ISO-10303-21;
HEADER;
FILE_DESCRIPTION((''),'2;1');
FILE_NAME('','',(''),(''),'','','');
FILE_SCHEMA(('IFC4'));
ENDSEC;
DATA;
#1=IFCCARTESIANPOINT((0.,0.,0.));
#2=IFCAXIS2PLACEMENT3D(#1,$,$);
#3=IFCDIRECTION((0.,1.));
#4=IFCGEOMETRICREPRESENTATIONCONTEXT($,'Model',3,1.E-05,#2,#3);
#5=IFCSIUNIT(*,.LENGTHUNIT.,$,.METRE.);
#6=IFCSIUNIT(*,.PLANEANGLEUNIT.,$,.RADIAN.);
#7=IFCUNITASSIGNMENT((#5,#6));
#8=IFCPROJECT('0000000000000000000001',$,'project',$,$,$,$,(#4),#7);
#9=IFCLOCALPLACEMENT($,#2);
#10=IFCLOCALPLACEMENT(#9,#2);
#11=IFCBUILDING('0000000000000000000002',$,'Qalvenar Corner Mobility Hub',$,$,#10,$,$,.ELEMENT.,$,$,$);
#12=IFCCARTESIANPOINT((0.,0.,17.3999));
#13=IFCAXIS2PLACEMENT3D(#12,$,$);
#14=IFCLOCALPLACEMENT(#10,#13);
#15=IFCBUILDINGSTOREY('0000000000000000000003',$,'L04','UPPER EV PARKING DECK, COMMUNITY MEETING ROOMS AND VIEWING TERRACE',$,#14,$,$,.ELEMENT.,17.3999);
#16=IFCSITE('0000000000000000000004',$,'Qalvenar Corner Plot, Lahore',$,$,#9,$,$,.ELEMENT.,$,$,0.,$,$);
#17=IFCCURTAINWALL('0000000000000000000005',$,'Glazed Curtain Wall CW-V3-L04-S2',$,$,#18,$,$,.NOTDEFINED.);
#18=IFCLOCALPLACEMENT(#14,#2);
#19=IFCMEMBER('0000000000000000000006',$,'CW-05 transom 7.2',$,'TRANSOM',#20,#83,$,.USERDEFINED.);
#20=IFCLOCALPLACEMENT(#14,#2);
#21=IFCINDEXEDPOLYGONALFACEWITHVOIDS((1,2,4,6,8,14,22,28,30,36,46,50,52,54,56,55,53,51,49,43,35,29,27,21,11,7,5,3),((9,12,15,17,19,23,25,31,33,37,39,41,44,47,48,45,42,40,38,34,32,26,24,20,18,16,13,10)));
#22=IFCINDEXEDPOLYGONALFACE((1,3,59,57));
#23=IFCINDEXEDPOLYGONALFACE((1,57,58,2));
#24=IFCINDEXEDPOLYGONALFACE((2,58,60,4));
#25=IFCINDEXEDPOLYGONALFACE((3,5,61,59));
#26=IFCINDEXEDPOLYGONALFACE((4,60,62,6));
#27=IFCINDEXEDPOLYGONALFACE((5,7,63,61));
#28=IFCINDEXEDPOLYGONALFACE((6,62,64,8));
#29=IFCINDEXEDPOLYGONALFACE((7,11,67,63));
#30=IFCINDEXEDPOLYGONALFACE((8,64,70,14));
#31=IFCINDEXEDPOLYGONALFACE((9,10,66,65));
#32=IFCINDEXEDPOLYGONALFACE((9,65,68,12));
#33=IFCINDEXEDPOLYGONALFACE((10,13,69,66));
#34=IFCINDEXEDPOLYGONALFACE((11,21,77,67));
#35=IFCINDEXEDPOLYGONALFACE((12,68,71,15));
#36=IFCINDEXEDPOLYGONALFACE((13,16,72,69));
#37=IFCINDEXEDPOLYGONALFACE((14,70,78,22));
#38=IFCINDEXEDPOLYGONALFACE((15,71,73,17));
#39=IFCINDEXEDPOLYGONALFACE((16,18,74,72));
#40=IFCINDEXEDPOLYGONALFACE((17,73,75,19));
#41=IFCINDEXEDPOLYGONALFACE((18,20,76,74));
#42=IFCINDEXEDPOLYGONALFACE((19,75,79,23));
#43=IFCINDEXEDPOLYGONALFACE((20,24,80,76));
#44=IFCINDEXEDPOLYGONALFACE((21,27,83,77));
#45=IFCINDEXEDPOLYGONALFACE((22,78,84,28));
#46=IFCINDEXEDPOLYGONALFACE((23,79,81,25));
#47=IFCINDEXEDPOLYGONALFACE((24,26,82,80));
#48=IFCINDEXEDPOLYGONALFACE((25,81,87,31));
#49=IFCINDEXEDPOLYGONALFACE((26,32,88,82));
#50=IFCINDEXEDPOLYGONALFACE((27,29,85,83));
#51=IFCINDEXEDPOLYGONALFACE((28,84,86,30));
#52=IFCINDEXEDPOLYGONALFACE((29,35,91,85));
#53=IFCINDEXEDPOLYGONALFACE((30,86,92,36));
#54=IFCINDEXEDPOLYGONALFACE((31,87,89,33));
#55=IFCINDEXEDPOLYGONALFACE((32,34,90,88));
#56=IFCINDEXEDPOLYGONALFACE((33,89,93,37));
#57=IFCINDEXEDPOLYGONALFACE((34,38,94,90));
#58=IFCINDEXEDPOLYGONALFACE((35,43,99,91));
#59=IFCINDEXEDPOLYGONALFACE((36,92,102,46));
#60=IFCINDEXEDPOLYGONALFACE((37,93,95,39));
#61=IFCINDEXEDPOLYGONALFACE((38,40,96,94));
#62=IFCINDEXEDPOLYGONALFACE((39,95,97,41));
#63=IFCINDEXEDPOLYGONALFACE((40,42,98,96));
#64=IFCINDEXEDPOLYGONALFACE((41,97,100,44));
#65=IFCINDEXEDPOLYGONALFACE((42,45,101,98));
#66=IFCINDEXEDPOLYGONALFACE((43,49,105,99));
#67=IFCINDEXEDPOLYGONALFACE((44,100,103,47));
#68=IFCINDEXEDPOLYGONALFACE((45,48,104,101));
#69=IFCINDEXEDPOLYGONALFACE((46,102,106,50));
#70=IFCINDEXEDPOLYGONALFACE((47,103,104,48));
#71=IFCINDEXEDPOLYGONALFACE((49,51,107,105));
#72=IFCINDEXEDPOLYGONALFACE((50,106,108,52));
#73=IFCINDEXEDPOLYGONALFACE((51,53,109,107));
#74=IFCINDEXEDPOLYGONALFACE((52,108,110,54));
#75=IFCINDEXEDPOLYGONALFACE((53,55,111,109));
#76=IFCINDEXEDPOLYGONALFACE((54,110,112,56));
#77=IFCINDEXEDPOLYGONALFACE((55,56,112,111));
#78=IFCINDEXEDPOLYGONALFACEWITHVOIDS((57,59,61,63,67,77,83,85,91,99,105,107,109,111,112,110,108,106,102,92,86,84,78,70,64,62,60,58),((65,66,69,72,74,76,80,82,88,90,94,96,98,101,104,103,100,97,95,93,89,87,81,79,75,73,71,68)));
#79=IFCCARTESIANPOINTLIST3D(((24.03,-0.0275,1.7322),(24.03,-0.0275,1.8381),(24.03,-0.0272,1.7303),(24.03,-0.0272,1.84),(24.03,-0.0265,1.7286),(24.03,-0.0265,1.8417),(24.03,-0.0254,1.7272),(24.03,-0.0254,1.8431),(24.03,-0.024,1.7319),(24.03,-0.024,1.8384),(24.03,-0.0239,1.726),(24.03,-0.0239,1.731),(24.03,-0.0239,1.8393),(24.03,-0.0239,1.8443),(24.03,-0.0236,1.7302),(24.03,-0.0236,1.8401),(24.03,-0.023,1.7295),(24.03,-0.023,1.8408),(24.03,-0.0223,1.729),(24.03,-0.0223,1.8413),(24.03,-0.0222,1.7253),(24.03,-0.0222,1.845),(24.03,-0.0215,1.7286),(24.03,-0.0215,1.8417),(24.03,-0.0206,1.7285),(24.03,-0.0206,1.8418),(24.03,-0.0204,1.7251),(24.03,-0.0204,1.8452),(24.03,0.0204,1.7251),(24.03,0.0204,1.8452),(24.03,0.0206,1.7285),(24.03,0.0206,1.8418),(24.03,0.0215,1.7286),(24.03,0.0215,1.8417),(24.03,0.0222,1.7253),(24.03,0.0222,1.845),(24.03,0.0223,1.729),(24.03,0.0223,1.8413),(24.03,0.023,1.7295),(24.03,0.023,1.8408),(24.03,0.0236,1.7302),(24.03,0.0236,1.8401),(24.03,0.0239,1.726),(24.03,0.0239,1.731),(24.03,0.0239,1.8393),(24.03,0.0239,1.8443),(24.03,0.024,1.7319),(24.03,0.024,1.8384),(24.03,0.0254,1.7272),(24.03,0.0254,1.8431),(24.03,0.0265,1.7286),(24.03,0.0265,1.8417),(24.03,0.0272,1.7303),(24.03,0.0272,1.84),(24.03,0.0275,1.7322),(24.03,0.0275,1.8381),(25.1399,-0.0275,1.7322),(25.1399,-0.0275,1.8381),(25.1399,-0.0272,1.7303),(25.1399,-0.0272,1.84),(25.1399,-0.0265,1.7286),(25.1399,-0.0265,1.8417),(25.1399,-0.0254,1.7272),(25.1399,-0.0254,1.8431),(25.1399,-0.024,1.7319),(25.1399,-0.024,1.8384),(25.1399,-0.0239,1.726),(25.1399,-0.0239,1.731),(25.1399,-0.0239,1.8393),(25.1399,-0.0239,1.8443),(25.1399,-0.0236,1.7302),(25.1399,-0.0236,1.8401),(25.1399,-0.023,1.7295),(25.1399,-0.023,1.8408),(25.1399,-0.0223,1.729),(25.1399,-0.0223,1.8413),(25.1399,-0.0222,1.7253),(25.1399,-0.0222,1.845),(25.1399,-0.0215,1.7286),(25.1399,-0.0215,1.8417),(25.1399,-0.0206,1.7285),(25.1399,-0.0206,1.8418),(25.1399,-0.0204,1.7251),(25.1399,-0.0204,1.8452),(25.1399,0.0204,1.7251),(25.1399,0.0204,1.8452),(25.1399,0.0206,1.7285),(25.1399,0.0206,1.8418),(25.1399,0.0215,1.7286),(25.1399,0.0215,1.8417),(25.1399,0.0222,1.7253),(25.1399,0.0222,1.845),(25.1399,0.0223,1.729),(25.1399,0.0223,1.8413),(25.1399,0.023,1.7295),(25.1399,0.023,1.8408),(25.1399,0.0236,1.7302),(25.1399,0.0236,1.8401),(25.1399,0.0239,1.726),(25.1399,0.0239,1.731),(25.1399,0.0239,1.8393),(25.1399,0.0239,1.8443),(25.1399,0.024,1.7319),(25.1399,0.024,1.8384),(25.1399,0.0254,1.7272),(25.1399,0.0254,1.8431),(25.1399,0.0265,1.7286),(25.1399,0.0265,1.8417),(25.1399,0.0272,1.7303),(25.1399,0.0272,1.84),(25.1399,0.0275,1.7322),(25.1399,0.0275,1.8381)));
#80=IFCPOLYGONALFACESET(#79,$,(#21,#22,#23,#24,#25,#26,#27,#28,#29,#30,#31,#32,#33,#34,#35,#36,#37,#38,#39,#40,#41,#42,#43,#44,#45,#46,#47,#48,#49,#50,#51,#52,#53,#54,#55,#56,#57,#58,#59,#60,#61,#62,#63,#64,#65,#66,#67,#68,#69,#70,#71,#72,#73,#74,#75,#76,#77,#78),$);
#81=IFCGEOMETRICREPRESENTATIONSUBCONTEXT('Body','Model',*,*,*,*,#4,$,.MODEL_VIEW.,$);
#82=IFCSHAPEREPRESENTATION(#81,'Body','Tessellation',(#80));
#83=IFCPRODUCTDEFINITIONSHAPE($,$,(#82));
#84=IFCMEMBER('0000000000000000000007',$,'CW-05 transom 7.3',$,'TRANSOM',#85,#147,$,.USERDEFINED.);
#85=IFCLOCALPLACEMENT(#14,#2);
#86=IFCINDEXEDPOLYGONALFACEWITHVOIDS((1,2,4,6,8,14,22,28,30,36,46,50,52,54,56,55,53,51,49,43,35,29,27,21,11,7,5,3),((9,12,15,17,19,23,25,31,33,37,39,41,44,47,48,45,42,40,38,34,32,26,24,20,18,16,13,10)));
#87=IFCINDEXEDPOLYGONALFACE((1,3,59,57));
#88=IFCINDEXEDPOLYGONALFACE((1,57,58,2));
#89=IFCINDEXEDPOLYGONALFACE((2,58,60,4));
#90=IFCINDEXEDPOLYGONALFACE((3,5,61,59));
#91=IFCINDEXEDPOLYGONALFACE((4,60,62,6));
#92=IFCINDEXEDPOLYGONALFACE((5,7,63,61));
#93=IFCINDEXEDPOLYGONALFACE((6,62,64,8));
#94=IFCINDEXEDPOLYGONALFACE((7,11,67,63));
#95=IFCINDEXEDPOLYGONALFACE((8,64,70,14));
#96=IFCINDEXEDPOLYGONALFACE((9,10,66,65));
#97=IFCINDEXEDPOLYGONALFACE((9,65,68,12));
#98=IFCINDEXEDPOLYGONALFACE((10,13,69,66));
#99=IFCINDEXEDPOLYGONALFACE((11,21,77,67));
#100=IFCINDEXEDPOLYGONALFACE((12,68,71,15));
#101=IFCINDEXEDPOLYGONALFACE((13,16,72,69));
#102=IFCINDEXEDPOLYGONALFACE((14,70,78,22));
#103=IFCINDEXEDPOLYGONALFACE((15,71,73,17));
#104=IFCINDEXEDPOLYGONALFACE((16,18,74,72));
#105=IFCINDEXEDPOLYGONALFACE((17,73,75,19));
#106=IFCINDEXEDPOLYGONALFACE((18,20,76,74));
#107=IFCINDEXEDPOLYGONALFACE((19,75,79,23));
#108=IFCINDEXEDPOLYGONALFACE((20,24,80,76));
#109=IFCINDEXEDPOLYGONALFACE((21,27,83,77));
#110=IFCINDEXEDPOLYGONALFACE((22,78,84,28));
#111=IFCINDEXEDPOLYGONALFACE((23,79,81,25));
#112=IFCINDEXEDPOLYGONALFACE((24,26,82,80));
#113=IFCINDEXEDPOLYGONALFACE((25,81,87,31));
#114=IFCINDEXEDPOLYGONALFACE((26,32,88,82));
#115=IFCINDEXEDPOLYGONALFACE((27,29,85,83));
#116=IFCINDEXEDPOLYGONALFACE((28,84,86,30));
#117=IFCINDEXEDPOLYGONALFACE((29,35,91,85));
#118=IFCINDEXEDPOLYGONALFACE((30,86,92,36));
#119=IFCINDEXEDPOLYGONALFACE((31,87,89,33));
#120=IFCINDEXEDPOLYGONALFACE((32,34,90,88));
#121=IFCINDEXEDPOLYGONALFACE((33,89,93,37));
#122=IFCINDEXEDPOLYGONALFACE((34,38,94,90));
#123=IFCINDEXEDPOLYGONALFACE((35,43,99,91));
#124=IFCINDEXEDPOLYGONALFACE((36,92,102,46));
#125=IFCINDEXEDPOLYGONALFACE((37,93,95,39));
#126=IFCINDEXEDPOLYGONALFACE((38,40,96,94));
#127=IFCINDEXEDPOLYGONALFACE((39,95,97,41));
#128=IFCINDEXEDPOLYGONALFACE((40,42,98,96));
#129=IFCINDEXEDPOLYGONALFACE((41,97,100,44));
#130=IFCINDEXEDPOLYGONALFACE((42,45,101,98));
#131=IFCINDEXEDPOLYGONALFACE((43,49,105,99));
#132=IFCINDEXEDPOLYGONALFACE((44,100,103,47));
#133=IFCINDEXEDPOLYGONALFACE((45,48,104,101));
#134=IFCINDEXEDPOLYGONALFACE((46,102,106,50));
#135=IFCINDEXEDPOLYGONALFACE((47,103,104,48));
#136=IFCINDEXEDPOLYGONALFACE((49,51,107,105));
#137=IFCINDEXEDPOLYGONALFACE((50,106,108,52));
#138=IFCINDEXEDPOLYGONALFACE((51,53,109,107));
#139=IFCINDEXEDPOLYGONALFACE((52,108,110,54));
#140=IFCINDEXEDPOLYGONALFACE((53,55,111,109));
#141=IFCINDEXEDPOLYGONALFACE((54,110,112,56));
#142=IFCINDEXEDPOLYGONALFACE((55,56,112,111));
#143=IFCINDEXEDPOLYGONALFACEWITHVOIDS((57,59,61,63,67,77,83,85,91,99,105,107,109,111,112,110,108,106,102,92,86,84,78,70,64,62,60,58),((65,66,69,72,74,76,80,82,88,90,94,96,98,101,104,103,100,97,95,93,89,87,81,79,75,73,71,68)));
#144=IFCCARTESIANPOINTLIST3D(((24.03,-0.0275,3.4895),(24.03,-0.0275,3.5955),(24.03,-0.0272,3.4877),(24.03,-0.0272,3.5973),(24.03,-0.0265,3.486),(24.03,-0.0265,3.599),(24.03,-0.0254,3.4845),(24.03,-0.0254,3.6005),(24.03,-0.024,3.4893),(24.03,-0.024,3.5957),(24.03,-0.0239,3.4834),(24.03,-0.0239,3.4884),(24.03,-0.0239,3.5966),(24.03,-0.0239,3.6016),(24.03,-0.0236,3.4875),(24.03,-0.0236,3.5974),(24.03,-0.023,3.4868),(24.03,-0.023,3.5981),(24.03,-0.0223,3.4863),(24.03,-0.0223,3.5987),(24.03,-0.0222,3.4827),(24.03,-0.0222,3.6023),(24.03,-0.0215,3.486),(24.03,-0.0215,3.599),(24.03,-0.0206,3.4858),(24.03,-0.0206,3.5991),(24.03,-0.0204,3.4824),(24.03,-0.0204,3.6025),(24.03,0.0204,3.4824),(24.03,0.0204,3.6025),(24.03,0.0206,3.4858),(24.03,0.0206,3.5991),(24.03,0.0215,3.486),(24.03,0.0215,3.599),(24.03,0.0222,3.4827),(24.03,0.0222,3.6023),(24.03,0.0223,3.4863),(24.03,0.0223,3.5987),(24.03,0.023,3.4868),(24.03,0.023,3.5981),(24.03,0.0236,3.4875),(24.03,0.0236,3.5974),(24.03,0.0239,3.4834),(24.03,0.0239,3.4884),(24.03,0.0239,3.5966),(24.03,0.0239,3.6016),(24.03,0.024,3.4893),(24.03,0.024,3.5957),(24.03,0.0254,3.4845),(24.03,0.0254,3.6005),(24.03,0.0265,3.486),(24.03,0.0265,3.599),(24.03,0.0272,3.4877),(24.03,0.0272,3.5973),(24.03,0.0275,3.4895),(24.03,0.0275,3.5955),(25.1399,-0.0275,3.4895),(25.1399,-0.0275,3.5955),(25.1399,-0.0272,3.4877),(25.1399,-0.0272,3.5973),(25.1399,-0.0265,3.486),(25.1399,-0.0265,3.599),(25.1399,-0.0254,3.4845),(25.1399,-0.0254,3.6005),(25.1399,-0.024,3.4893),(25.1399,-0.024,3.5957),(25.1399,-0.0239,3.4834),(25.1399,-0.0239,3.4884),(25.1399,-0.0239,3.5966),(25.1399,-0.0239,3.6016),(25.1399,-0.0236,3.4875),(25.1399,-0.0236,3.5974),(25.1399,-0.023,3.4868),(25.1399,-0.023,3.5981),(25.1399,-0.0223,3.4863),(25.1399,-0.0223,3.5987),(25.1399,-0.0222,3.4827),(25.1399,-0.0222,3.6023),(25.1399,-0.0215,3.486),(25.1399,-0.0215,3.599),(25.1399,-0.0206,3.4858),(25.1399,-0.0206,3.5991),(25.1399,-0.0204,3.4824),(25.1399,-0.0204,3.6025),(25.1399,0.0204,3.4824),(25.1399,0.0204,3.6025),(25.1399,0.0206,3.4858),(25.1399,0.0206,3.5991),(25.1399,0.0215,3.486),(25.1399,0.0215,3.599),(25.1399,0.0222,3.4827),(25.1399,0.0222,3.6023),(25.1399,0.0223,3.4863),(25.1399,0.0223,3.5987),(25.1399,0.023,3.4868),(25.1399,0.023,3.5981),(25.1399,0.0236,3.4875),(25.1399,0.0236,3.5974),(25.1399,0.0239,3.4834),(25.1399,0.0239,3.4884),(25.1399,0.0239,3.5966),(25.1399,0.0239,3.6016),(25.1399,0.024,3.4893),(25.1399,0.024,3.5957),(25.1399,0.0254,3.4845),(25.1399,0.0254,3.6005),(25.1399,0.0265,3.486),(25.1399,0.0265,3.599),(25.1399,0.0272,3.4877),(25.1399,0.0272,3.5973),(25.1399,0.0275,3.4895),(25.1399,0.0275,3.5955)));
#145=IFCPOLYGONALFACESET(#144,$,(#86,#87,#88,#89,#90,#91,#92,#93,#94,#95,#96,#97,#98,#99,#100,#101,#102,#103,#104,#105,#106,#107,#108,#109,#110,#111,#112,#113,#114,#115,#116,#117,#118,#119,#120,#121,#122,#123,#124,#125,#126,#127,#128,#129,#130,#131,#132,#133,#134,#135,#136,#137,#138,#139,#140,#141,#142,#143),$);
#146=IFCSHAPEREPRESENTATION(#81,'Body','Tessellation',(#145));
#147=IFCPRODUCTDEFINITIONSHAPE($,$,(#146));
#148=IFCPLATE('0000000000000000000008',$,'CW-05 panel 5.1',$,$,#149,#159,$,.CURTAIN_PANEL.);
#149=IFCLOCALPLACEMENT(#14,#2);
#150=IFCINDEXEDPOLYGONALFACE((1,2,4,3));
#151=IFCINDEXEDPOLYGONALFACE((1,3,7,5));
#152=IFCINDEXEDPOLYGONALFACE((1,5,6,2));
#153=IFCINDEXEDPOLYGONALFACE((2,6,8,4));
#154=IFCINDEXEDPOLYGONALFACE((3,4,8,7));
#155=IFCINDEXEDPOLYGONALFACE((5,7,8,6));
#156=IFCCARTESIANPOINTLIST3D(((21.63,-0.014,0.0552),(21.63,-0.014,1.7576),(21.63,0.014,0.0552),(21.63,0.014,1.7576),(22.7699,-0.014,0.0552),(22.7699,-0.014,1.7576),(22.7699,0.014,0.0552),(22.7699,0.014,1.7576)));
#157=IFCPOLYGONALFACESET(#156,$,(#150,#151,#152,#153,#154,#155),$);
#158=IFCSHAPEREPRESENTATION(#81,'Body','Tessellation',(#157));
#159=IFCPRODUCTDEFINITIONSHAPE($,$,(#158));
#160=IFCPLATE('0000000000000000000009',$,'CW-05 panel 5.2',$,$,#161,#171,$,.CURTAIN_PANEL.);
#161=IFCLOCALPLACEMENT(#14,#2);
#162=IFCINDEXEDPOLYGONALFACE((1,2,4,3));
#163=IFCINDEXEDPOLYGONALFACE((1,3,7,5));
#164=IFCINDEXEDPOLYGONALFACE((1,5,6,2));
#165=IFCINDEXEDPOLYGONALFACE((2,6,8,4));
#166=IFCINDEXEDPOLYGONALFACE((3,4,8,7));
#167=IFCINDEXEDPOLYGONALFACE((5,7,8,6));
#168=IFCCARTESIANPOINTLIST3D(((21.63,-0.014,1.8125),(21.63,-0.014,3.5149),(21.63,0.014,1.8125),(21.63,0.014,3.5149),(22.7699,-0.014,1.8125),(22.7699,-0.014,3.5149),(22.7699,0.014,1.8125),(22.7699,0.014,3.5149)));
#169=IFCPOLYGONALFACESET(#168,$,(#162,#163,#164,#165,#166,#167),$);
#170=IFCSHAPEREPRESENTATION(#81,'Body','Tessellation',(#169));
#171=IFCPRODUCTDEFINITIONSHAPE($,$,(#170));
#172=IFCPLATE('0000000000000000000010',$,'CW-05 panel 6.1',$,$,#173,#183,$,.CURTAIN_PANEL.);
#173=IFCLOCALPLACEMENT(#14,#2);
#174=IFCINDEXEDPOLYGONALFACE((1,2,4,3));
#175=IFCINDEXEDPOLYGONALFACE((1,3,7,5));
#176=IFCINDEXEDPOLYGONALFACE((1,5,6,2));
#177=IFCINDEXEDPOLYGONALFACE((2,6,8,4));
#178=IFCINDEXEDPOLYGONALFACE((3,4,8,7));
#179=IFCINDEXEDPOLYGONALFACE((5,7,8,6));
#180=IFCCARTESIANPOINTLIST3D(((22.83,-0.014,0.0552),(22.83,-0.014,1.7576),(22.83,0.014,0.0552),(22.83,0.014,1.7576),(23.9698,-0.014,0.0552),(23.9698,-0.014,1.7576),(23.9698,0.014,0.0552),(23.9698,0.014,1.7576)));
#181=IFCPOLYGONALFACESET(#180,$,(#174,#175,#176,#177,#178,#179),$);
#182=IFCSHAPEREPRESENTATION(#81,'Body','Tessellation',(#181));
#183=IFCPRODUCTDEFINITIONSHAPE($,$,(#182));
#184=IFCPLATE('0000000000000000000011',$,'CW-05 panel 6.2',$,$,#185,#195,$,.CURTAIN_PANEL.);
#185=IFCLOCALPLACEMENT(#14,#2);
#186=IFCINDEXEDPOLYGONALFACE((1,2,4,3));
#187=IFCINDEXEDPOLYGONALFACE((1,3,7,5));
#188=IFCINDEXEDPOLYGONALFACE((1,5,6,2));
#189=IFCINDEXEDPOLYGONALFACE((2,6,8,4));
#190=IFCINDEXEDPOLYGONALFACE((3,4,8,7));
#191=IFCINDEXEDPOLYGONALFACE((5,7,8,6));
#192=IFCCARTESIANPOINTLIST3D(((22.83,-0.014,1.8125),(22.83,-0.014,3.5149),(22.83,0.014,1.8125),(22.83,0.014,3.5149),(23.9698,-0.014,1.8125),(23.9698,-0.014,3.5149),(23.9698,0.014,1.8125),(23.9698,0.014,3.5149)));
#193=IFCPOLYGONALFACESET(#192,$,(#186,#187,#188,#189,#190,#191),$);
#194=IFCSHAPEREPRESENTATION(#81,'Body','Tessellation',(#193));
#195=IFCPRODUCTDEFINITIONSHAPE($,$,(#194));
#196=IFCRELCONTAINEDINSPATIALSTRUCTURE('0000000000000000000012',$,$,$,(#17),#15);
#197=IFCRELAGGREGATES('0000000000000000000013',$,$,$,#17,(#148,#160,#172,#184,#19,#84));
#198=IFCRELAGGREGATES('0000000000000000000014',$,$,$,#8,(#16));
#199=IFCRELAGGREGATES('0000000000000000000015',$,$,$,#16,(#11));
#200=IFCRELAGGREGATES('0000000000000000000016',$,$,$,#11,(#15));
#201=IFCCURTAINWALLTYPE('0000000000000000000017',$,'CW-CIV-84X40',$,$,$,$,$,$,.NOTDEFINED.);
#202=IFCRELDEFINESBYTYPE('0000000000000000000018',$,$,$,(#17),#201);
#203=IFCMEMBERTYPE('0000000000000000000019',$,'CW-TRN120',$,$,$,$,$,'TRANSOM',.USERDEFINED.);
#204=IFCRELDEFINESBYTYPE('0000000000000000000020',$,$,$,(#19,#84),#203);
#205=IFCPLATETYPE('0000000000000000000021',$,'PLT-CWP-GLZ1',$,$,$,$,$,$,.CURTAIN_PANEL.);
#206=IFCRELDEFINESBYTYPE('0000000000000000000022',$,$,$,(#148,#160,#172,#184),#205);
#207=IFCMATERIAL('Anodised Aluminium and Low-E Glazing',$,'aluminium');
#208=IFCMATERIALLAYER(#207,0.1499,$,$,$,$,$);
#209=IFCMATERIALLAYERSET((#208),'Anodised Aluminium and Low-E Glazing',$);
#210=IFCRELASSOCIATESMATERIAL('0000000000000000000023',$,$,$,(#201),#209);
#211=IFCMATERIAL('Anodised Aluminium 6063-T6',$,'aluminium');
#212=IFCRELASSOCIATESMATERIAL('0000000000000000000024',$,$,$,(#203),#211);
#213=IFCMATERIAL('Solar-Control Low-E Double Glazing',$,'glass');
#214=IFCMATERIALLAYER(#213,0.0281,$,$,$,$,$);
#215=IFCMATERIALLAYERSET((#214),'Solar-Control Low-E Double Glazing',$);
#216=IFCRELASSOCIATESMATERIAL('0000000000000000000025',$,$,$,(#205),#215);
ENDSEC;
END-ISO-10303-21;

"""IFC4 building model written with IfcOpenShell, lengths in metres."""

from ifc_helpers import new_model, si_unit, direction, frame, origin, origin_2d, place, context, subcontext, project, spatial, rectangle, hollow_rectangle, extrude, material, layer, layer_set, material_profile, profile_set, type_object, element, aggregate, save


model = new_model("IFC4")

# Units and contexts
model_context = context("Model", 3, precision=1e-05, world=origin(), true_north=direction((0.0, 1.0)))
body_context = subcontext(model_context, "Body", "Model", "MODEL_VIEW")
ifc_project = project(units=[si_unit("LENGTHUNIT", "METRE"), si_unit("PLANEANGLEUNIT", "RADIAN")], contexts=[model_context])

# Site, building, storey
site_placement = place(None, origin())
site = spatial("IfcSite", under=ifc_project, at=site_placement, Name="Qalvenar Corner Plot, Lahore", CompositionType="ELEMENT", RefElevation=0.0)
building_placement = place(site_placement, origin())
building = spatial("IfcBuilding", under=site, at=building_placement, Name="Qalvenar Corner Mobility Hub", CompositionType="ELEMENT")
storey_placement = place(building_placement, frame((0.0, 0.0, 17.3999)))
storey = spatial("IfcBuildingStorey", under=building, at=storey_placement, Name="L04", Description="UPPER EV PARKING DECK, COMMUNITY MEETING ROOMS AND VIEWING TERRACE", CompositionType="ELEMENT", Elevation=17.3999)

# Curtain wall, members, plates
ifc_material_1 = material(Name="Anodised Aluminium and Low-E Glazing", Category="aluminium")
ifc_layer_1 = layer(ifc_material_1, 0.1499)
ifc_layer_set_1 = layer_set([ifc_layer_1], Name="Anodised Aluminium and Low-E Glazing")
curtain_wall_type = type_object("IfcCurtainWallType", Name="CW-CIV-84X40", PredefinedType="NOTDEFINED", material=ifc_layer_set_1)
curtain_wall_placement = place(storey_placement, origin())
curtain_wall = element("IfcCurtainWall", 1, at=curtain_wall_placement, inside=storey, type_object=curtain_wall_type, Name="Glazed Curtain Wall CW-V3-L04-S2", PredefinedType="NOTDEFINED")
ifc_material_2 = material(Name="Anodised Aluminium 6063-T6", Category="aluminium")
ifc_material_profile_1 = material_profile(ifc_material_2, hollow_rectangle(XDim=0.0549, YDim=0.1201, WallThickness=0.0034, InnerFilletRadius=0.0034, OuterFilletRadius=0.0071, at=origin_2d()), Name="RHS120x55x3.5")
ifc_profile_set_1 = profile_set([ifc_material_profile_1], Name="Anodised Aluminium 6063-T6")
member_type_1 = type_object("IfcMemberType", Name="CW-TRN120", ElementType="TRANSOM", PredefinedType="USERDEFINED", material=ifc_profile_set_1)
member_1_placement = place(storey_placement, frame((24.03, 0.0, 1.7852), z_axis=(1.0, 0.0, 0.0), x_axis=(0.0, 1.0, 0.0)))
member_1 = element("IfcMember", 2, at=member_1_placement, type_object=member_type_1, Name="CW-05 transom 7.2", ObjectType="TRANSOM", PredefinedType="USERDEFINED", context=body_context, shape_type="SweptSolid", body=[
    extrude(hollow_rectangle(XDim=0.0549, YDim=0.1201, WallThickness=0.0034, InnerFilletRadius=0.0034, OuterFilletRadius=0.0071, at=origin_2d()), origin(), (0.0, 0.0, 1.0), 1.1099),
])
member_2_placement = place(storey_placement, frame((24.03, 0.0, 3.5425), z_axis=(1.0, 0.0, 0.0), x_axis=(0.0, 1.0, 0.0)))
member_2 = element("IfcMember", 3, at=member_2_placement, type_object=member_type_1, Name="CW-05 transom 7.3", ObjectType="TRANSOM", PredefinedType="USERDEFINED", context=body_context, shape_type="SweptSolid", body=[
    extrude(hollow_rectangle(XDim=0.0549, YDim=0.1201, WallThickness=0.0034, InnerFilletRadius=0.0034, OuterFilletRadius=0.0071, at=origin_2d()), origin(), (0.0, 0.0, 1.0), 1.1099),
])
ifc_material_3 = material(Name="Solar-Control Low-E Double Glazing", Category="glass")
ifc_layer_2 = layer(ifc_material_3, 0.0281)
ifc_layer_set_2 = layer_set([ifc_layer_2], Name="Solar-Control Low-E Double Glazing")
plate_type = type_object("IfcPlateType", Name="PLT-CWP-GLZ1", PredefinedType="CURTAIN_PANEL", material=ifc_layer_set_2)
plate_1_placement = place(storey_placement, frame((22.2, 0.0, 0.0552), z_axis=(0.0, 0.0, 1.0), x_axis=(1.0, 0.0, 0.0)))
plate_1 = element("IfcPlate", 4, at=plate_1_placement, type_object=plate_type, Name="CW-05 panel 5.1", PredefinedType="CURTAIN_PANEL", context=body_context, shape_type="SweptSolid", body=[
    extrude(rectangle(XDim=1.1399, YDim=0.0281, at=origin_2d()), origin(), (0.0, 0.0, 1.0), 1.7024),
])
plate_2_placement = place(storey_placement, frame((22.2, 0.0, 1.8125), z_axis=(0.0, 0.0, 1.0), x_axis=(1.0, 0.0, 0.0)))
plate_2 = element("IfcPlate", 5, at=plate_2_placement, type_object=plate_type, Name="CW-05 panel 5.2", PredefinedType="CURTAIN_PANEL", context=body_context, shape_type="SweptSolid", body=[
    extrude(rectangle(XDim=1.1399, YDim=0.0281, at=origin_2d()), origin(), (0.0, 0.0, 1.0), 1.7024),
])
plate_3_placement = place(storey_placement, frame((23.3999, 0.0, 0.0552), z_axis=(0.0, 0.0, 1.0), x_axis=(1.0, 0.0, 0.0)))
plate_3 = element("IfcPlate", 6, at=plate_3_placement, type_object=plate_type, Name="CW-05 panel 6.1", PredefinedType="CURTAIN_PANEL", context=body_context, shape_type="SweptSolid", body=[
    extrude(rectangle(XDim=1.1399, YDim=0.0281, at=origin_2d()), origin(), (0.0, 0.0, 1.0), 1.7024),
])
plate_4_placement = place(storey_placement, frame((23.3999, 0.0, 1.8125), z_axis=(0.0, 0.0, 1.0), x_axis=(1.0, 0.0, 0.0)))
plate_4 = element("IfcPlate", 7, at=plate_4_placement, type_object=plate_type, Name="CW-05 panel 6.2", PredefinedType="CURTAIN_PANEL", context=body_context, shape_type="SweptSolid", body=[
    extrude(rectangle(XDim=1.1399, YDim=0.0281, at=origin_2d()), origin(), (0.0, 0.0, 1.0), 1.7024),
])
aggregate(curtain_wall, [plate_1, plate_2, plate_3, plate_4, member_1, member_2])

save(model, "model.ifc")
